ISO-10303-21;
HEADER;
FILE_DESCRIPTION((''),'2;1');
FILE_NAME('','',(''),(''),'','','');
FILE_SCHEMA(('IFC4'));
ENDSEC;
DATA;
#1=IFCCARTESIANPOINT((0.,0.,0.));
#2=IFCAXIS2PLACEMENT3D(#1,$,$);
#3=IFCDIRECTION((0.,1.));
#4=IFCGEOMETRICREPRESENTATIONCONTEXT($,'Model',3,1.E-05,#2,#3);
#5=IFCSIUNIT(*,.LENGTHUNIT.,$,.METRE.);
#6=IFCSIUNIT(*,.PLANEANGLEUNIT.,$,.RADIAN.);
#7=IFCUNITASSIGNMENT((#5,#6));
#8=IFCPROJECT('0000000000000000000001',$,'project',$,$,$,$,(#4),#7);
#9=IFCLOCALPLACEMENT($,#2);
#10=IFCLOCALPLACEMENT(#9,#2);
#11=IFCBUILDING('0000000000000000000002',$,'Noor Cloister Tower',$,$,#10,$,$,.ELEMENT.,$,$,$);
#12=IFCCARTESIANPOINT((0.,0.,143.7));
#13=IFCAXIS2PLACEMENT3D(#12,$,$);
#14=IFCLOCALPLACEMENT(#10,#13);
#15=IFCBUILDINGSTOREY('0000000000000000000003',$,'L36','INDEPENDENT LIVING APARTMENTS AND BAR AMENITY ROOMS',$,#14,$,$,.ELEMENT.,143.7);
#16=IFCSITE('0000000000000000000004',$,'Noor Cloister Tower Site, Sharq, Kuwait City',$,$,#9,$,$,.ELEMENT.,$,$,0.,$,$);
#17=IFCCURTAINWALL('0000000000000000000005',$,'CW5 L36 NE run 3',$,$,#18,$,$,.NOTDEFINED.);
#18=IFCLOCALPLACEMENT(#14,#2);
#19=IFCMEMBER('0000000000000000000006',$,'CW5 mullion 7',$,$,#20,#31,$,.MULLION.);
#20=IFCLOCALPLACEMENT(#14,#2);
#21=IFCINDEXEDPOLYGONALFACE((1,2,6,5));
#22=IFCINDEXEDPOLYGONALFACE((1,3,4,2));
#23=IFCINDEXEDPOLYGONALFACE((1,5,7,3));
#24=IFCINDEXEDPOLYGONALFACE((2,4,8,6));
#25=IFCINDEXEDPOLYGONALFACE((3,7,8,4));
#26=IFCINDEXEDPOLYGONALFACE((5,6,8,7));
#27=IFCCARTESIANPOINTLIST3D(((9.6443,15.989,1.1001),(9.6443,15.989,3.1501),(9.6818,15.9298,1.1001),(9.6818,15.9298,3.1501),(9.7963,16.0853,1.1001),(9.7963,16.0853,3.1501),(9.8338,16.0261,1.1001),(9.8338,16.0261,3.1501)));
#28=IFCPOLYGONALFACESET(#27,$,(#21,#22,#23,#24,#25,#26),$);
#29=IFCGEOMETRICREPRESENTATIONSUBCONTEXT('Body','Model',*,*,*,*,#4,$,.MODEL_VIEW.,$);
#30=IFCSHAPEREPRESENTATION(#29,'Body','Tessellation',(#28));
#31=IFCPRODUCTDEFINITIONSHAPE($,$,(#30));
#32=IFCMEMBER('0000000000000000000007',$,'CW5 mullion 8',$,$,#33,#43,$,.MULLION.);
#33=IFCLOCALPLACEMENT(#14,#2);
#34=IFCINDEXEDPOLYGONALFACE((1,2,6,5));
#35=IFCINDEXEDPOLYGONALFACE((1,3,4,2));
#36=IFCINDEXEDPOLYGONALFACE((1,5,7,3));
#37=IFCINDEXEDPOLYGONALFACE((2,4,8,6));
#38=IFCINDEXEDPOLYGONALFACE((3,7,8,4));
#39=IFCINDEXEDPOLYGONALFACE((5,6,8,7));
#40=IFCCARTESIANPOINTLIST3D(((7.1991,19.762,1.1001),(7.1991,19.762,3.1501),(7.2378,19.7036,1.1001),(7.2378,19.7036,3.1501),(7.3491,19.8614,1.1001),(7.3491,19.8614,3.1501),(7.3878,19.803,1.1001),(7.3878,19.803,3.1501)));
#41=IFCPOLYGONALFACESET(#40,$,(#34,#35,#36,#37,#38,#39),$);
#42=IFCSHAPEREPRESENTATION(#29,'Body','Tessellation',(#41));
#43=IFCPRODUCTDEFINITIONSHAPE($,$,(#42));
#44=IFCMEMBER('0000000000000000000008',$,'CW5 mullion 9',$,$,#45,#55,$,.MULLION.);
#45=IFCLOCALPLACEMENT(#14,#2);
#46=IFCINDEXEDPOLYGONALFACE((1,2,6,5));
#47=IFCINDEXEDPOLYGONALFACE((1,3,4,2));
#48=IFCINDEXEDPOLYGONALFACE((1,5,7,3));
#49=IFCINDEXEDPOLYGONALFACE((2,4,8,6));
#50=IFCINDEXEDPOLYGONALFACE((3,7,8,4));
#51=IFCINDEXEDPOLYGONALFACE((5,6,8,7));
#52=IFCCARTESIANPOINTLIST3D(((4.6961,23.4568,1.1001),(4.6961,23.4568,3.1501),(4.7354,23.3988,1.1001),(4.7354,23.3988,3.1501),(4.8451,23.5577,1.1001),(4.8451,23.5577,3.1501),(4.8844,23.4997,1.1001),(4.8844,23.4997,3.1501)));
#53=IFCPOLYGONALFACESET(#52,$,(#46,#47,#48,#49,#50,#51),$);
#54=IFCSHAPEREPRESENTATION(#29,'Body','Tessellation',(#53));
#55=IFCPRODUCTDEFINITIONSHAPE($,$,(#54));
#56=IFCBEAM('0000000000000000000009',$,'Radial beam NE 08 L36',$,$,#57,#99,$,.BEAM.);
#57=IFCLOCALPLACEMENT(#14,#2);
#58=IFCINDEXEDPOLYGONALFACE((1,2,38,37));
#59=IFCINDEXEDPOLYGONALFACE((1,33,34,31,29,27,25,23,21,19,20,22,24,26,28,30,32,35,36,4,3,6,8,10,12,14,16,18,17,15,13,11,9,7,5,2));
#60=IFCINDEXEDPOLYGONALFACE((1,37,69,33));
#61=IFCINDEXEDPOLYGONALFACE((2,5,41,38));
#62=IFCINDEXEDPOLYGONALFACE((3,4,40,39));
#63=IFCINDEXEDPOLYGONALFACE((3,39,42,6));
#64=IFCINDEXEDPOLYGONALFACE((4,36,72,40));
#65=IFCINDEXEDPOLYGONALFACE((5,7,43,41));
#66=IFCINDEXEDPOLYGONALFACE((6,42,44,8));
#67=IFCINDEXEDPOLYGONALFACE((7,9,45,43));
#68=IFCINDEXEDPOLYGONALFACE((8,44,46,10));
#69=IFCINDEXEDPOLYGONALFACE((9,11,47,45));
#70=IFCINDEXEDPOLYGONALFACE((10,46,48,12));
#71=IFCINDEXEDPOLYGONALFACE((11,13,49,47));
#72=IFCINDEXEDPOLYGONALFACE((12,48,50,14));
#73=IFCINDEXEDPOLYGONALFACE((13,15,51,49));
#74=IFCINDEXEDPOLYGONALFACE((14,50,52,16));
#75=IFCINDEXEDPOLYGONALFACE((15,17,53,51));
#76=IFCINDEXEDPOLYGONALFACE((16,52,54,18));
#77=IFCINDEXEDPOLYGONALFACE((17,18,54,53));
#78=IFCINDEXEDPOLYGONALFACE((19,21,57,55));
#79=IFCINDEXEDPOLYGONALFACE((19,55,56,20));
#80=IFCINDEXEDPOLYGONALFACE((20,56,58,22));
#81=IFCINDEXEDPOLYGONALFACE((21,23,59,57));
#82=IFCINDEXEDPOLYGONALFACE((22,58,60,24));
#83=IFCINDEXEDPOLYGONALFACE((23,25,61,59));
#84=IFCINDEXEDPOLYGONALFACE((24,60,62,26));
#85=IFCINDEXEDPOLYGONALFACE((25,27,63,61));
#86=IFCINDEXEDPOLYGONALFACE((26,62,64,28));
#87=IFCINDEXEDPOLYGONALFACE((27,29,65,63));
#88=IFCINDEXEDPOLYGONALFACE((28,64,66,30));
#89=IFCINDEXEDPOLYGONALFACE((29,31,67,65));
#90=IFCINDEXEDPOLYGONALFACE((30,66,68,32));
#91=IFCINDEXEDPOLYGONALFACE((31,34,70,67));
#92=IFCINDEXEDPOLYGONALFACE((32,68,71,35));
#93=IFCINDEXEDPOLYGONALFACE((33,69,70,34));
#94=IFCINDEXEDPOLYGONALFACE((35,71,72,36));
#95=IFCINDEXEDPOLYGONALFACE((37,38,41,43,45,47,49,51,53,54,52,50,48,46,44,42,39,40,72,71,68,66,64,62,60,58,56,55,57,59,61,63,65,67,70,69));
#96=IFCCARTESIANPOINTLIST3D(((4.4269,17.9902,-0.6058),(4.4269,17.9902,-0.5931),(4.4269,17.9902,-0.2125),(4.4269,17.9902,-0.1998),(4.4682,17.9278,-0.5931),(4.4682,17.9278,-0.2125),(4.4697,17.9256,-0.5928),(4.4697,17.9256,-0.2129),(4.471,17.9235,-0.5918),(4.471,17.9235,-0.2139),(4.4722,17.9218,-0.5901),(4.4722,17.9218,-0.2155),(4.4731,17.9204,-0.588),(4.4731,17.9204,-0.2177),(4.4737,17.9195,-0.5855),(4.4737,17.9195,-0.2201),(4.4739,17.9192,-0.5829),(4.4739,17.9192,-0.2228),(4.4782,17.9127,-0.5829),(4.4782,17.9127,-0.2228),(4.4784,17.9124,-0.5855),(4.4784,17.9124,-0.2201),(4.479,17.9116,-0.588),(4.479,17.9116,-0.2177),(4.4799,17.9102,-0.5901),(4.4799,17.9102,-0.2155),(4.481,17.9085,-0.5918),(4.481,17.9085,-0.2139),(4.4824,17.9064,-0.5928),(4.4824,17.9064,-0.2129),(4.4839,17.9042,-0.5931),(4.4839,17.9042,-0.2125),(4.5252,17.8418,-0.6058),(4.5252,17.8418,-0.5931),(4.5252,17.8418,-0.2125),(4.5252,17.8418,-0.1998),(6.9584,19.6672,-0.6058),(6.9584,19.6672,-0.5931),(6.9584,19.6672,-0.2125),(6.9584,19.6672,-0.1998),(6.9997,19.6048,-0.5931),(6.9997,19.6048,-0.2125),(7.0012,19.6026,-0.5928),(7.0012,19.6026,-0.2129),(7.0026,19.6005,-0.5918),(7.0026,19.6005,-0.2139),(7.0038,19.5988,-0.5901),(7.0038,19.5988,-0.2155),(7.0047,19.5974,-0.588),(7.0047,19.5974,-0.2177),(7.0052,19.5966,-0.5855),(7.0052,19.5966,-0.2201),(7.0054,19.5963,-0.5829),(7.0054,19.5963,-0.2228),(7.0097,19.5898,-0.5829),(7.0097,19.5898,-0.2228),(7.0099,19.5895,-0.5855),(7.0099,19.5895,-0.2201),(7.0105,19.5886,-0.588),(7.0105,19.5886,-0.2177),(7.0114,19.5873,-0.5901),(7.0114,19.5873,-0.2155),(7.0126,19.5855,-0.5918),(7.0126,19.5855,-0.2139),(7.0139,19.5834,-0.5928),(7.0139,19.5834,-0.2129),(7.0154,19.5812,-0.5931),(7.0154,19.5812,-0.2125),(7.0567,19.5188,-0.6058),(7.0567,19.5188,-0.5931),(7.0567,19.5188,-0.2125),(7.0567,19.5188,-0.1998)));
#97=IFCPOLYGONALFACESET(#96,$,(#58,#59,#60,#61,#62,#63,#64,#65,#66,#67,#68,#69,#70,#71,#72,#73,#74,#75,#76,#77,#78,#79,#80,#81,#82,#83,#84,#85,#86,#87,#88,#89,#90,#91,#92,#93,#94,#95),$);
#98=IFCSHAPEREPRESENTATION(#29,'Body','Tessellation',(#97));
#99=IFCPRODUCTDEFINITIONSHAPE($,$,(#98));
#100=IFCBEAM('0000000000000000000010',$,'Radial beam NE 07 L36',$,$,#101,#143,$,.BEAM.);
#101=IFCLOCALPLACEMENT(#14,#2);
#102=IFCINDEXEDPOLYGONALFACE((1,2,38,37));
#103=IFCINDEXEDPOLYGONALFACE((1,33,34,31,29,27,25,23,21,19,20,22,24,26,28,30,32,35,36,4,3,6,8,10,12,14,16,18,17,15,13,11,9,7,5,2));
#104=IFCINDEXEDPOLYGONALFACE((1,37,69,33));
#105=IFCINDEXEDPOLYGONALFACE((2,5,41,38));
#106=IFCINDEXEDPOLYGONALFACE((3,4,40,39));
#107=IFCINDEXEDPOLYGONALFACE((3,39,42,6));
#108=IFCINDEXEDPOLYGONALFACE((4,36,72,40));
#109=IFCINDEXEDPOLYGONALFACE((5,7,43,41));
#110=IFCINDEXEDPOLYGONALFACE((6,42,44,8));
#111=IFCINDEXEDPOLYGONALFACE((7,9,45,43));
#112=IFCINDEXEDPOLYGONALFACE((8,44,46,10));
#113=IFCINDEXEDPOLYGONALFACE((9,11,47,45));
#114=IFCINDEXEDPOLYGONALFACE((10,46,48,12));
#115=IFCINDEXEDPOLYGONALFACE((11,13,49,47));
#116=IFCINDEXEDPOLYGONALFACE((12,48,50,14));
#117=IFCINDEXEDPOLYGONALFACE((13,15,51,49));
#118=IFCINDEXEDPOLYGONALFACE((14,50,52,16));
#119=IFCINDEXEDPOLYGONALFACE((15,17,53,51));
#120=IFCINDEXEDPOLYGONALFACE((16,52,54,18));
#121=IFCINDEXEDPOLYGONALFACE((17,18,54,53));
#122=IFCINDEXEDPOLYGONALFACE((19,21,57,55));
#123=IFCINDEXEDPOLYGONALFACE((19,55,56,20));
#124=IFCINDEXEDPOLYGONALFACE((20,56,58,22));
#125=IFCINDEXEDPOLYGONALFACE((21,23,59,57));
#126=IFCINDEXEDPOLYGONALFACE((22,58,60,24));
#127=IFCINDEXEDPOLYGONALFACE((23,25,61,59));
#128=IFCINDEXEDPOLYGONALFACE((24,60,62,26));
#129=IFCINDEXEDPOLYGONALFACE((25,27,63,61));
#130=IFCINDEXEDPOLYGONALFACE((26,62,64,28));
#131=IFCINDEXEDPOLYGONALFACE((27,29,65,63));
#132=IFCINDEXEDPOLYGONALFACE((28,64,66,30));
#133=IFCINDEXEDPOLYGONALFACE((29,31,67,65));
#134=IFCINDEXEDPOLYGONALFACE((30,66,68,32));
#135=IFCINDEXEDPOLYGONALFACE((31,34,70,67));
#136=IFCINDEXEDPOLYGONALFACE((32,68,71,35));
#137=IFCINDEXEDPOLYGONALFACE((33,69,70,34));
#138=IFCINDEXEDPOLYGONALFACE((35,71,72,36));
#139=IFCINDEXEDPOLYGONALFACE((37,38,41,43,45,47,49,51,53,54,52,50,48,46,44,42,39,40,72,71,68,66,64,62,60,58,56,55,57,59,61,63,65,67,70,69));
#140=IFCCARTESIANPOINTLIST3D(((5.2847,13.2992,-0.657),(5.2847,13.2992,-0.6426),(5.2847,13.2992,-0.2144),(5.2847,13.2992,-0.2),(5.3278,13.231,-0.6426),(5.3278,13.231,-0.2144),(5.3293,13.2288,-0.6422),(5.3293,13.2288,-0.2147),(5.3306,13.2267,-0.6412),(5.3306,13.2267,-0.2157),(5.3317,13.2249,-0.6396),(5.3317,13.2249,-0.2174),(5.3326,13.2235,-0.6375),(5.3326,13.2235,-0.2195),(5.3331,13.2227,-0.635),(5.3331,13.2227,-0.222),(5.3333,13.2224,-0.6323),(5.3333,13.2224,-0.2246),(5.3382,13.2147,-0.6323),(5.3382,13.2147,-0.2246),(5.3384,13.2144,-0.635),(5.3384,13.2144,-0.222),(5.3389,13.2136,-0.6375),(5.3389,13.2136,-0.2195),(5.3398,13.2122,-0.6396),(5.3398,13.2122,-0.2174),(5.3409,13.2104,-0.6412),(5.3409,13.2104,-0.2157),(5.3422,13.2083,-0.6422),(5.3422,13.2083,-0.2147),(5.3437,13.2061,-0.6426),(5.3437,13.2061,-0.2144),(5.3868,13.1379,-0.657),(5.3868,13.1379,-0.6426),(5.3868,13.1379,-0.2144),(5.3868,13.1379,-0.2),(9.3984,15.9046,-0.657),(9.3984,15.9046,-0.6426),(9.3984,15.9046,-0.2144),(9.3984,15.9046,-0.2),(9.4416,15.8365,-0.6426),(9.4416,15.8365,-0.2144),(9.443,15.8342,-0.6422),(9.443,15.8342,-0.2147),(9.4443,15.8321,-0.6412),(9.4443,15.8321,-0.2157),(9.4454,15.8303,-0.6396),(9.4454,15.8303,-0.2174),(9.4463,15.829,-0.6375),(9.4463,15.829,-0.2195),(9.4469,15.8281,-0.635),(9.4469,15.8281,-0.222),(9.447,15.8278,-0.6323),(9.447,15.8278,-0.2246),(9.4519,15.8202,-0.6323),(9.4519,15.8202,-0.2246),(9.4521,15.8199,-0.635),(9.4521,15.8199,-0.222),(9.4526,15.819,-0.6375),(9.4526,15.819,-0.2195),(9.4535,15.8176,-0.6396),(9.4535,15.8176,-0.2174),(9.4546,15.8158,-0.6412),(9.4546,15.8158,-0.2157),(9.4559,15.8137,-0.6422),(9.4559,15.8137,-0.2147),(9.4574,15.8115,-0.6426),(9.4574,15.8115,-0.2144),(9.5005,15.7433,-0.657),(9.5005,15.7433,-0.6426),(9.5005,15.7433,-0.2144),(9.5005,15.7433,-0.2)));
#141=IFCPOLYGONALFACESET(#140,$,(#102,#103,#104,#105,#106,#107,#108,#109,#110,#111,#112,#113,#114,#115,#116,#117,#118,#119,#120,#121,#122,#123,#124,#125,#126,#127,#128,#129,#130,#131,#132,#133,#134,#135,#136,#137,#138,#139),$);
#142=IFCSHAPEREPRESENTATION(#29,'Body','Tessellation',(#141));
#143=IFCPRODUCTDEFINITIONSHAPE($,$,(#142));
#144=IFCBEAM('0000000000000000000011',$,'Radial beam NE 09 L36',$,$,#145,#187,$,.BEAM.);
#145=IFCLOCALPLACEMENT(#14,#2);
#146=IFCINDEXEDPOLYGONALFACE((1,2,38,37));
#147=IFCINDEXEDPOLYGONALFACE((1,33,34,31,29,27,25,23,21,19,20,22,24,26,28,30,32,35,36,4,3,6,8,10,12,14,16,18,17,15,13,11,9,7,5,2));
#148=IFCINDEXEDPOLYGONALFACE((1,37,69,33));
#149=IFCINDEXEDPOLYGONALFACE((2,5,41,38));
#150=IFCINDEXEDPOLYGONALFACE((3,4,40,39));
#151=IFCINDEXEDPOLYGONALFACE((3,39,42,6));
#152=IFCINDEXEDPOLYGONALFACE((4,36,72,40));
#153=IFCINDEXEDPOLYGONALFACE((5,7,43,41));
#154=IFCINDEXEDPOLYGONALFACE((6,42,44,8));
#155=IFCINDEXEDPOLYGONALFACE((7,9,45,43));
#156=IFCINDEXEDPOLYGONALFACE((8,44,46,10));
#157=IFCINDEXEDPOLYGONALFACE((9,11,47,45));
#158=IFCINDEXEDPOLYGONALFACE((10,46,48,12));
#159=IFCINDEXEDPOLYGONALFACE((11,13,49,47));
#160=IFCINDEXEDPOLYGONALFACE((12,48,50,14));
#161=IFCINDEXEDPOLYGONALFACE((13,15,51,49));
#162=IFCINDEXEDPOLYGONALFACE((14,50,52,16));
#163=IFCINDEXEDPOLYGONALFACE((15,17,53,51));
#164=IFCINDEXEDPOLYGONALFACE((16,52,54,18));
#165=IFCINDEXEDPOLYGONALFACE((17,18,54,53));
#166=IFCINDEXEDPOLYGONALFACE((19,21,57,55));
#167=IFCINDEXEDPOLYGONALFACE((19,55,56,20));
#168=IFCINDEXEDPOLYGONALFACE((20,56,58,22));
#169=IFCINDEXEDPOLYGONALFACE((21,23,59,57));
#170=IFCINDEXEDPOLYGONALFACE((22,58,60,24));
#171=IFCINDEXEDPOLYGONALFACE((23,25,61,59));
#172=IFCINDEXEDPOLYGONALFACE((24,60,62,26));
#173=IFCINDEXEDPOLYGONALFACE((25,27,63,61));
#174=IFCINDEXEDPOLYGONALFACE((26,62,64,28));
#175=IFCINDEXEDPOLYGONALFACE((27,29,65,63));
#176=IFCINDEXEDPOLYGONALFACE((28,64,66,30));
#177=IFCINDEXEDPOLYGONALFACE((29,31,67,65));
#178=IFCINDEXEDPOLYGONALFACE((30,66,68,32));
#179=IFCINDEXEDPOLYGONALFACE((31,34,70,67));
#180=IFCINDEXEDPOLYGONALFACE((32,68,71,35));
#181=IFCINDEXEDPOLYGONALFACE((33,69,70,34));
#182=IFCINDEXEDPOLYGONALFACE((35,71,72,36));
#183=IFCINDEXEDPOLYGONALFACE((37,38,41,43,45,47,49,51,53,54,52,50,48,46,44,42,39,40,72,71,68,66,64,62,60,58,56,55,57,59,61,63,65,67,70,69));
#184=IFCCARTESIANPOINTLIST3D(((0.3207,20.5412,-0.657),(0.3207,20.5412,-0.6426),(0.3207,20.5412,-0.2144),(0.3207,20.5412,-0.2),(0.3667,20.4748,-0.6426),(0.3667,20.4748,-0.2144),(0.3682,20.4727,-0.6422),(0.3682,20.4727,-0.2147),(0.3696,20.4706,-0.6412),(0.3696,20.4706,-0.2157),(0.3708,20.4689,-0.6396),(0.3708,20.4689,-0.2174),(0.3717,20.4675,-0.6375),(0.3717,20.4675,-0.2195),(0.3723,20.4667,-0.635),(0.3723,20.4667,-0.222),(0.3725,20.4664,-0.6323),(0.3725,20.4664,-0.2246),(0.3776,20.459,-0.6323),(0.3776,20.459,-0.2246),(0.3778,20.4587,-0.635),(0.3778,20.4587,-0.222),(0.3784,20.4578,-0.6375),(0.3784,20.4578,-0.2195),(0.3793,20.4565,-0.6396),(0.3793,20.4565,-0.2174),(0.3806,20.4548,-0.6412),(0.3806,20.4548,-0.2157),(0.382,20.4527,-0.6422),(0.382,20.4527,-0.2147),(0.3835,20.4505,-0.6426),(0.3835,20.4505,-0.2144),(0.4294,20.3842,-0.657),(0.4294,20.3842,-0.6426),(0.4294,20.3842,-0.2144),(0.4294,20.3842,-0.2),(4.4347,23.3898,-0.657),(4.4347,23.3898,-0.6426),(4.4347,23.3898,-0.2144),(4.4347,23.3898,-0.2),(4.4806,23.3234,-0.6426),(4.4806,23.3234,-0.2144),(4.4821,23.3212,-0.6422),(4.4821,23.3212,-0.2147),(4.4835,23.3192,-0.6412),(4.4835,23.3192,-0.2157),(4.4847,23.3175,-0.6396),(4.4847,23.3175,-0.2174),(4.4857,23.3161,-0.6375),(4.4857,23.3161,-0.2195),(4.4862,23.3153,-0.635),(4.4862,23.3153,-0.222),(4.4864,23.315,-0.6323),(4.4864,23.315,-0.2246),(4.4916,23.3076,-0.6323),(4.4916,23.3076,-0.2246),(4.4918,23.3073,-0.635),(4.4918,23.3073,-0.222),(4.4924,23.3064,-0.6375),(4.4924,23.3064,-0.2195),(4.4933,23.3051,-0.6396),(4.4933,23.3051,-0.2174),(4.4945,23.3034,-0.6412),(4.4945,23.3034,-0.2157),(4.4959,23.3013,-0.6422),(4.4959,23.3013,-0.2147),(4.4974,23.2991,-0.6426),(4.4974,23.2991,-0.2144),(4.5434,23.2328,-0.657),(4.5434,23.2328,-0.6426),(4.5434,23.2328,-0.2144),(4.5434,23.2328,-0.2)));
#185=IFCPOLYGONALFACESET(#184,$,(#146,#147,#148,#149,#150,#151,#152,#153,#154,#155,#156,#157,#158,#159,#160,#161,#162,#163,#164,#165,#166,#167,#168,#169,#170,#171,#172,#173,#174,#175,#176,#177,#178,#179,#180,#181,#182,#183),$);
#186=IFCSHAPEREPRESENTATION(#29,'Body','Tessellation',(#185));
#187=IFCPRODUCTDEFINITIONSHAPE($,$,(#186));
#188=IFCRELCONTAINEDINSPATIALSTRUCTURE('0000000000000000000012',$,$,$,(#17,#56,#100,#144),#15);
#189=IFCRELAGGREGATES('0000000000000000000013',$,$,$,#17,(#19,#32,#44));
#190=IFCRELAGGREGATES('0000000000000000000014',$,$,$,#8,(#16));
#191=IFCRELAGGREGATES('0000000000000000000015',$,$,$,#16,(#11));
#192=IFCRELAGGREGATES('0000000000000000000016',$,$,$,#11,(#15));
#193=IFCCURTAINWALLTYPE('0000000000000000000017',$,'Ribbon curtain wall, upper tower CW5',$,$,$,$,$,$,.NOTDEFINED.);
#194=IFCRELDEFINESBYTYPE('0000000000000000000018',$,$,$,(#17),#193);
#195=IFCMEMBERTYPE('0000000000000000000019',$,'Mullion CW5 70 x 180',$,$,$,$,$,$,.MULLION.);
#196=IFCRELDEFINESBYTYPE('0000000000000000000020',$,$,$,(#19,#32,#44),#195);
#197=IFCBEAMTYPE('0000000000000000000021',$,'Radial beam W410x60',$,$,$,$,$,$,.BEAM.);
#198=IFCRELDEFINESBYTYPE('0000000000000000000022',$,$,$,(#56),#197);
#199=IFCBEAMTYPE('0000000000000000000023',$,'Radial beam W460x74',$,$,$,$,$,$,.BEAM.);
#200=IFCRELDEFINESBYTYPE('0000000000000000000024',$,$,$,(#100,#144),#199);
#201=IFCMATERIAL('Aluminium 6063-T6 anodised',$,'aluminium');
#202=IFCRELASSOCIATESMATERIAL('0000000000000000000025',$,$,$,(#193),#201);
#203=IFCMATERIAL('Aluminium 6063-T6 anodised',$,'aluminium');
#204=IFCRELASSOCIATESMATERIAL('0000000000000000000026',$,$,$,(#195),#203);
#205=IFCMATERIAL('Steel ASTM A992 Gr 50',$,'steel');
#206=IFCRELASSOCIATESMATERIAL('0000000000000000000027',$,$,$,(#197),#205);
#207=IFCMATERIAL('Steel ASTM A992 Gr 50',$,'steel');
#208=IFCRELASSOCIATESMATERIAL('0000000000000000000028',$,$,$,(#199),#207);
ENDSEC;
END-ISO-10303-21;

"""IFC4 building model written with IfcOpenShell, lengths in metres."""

from ifc_helpers import new_model, si_unit, direction, frame, origin, origin_2d, place, context, subcontext, project, spatial, rectangle, i_section, extrude, material, material_profile, profile_set, type_object, element, aggregate, save


model = new_model("IFC4")

# Units and contexts
model_context = context("Model", 3, precision=1e-05, world=origin(), true_north=direction((0.0, 1.0)))
body_context = subcontext(model_context, "Body", "Model", "MODEL_VIEW")
ifc_project = project(units=[si_unit("LENGTHUNIT", "METRE"), si_unit("PLANEANGLEUNIT", "RADIAN")], contexts=[model_context])

# Site, building, storey
site_placement = place(None, origin())
site = spatial("IfcSite", under=ifc_project, at=site_placement, Name="Noor Cloister Tower Site, Sharq, Kuwait City", CompositionType="ELEMENT", RefElevation=0.0)
building_placement = place(site_placement, origin())
building = spatial("IfcBuilding", under=site, at=building_placement, Name="Noor Cloister Tower", CompositionType="ELEMENT")
storey_placement = place(building_placement, frame((0.0, 0.0, 143.7)))
storey = spatial("IfcBuildingStorey", under=building, at=storey_placement, Name="L36", Description="INDEPENDENT LIVING APARTMENTS AND BAR AMENITY ROOMS", CompositionType="ELEMENT", Elevation=143.7)

# Curtain wall, members
ifc_material_1 = material(Name="Aluminium 6063-T6 anodised", Category="aluminium")
curtain_wall_type = type_object("IfcCurtainWallType", Name="Ribbon curtain wall, upper tower CW5", PredefinedType="NOTDEFINED", material=ifc_material_1)
curtain_wall_placement = place(storey_placement, origin())
curtain_wall = element("IfcCurtainWall", 1, at=curtain_wall_placement, inside=storey, type_object=curtain_wall_type, Name="CW5 L36 NE run 3", PredefinedType="NOTDEFINED")
ifc_material_2 = material(Name="Aluminium 6063-T6 anodised", Category="aluminium")
ifc_material_profile_1 = material_profile(ifc_material_2, rectangle(XDim=0.1799, YDim=0.0701, at=origin_2d()), Name="180 x 70 mullion")
ifc_profile_set_1 = profile_set([ifc_material_profile_1], Name="Aluminium 6063-T6 anodised")
member_type = type_object("IfcMemberType", Name="Mullion CW5 70 x 180", PredefinedType="MULLION", material=ifc_profile_set_1)
member_1_placement = place(storey_placement, frame((9.739, 16.0076, 1.1001), z_axis=(0.0, 0.0, 1.0), x_axis=(-0.8448, -0.535083, 0.0)))
member_1 = element("IfcMember", 2, at=member_1_placement, type_object=member_type, Name="CW5 mullion 7", PredefinedType="MULLION", context=body_context, shape_type="SweptSolid", body=[
    extrude(rectangle(XDim=0.1799, YDim=0.0701, at=origin_2d()), origin(), (0.0, 0.0, 1.0), 2.05),
])
member_2_placement = place(storey_placement, frame((7.2935, 19.7825, 1.1001), z_axis=(0.0, 0.0, 1.0), x_axis=(-0.833652, -0.55229, 0.0)))
member_2 = element("IfcMember", 3, at=member_2_placement, type_object=member_type, Name="CW5 mullion 8", PredefinedType="MULLION", context=body_context, shape_type="SweptSolid", body=[
    extrude(rectangle(XDim=0.1799, YDim=0.0701, at=origin_2d()), origin(), (0.0, 0.0, 1.0), 2.05),
])
member_3_placement = place(storey_placement, frame((4.7903, 23.4783, 1.1001), z_axis=(0.0, 0.0, 1.0), x_axis=(-0.827946, -0.560807, 0.0)))
member_3 = element("IfcMember", 4, at=member_3_placement, type_object=member_type, Name="CW5 mullion 9", PredefinedType="MULLION", context=body_context, shape_type="SweptSolid", body=[
    extrude(rectangle(XDim=0.1799, YDim=0.0701, at=origin_2d()), origin(), (0.0, 0.0, 1.0), 2.05),
])

# Beams
ifc_material_3 = material(Name="Steel ASTM A992 Gr 50", Category="steel")
ifc_material_profile_2 = material_profile(ifc_material_3, i_section(OverallWidth=0.178, OverallDepth=0.406, WebThickness=0.0078, FlangeThickness=0.0127, FilletRadius=0.0103, at=origin_2d()), Name="W410x60")
ifc_profile_set_2 = profile_set([ifc_material_profile_2], Name="Steel ASTM A992 Gr 50")
beam_type_1 = type_object("IfcBeamType", Name="Radial beam W410x60", PredefinedType="BEAM", material=ifc_profile_set_2)
beam_1_placement = place(storey_placement, frame((7.0076, 19.593, -0.4028), z_axis=(-0.833667, -0.552267, 0.0), x_axis=(0.552267, -0.833667, 0.0)))
element("IfcBeam", 5, at=beam_1_placement, inside=storey, type_object=beam_type_1, Name="Radial beam NE 08 L36", PredefinedType="BEAM", context=body_context, shape_type="SweptSolid", body=[
    extrude(i_section(OverallWidth=0.178, OverallDepth=0.406, WebThickness=0.0078, FlangeThickness=0.0127, FilletRadius=0.0103, at=origin_2d()), origin(), (0.0, 0.0, 1.0), 3.0366),
])
ifc_material_4 = material(Name="Steel ASTM A992 Gr 50", Category="steel")
ifc_material_profile_3 = material_profile(ifc_material_4, i_section(OverallWidth=0.1909, OverallDepth=0.457, WebThickness=0.009, FlangeThickness=0.0144, FilletRadius=0.0103, at=origin_2d()), Name="W460x74")
ifc_profile_set_3 = profile_set([ifc_material_profile_3], Name="Steel ASTM A992 Gr 50")
beam_type_2 = type_object("IfcBeamType", Name="Radial beam W460x74", PredefinedType="BEAM", material=ifc_profile_set_3)
beam_2_placement = place(storey_placement, frame((9.4495, 15.824, -0.4285), z_axis=(-0.844812, -0.535064, 0.0), x_axis=(0.535064, -0.844812, 0.0)))
element("IfcBeam", 6, at=beam_2_placement, inside=storey, type_object=beam_type_2, Name="Radial beam NE 07 L36", PredefinedType="BEAM", context=body_context, shape_type="SweptSolid", body=[
    extrude(i_section(OverallWidth=0.1909, OverallDepth=0.457, WebThickness=0.009, FlangeThickness=0.0144, FilletRadius=0.0103, at=origin_2d()), origin(), (0.0, 0.0, 1.0), 4.8694),
])
beam_3_placement = place(storey_placement, frame((4.489, 23.3113, -0.4285), z_axis=(-0.822148, -0.569273, 0.0), x_axis=(0.569273, -0.822148, 0.0)))
element("IfcBeam", 7, at=beam_3_placement, inside=storey, type_object=beam_type_2, Name="Radial beam NE 09 L36", PredefinedType="BEAM", context=body_context, shape_type="SweptSolid", body=[
    extrude(i_section(OverallWidth=0.1909, OverallDepth=0.457, WebThickness=0.009, FlangeThickness=0.0144, FilletRadius=0.0103, at=origin_2d()), origin(), (0.0, 0.0, 1.0), 5.0039),
])

aggregate(curtain_wall, [member_1, member_2, member_3])

save(model, "model.ifc")
